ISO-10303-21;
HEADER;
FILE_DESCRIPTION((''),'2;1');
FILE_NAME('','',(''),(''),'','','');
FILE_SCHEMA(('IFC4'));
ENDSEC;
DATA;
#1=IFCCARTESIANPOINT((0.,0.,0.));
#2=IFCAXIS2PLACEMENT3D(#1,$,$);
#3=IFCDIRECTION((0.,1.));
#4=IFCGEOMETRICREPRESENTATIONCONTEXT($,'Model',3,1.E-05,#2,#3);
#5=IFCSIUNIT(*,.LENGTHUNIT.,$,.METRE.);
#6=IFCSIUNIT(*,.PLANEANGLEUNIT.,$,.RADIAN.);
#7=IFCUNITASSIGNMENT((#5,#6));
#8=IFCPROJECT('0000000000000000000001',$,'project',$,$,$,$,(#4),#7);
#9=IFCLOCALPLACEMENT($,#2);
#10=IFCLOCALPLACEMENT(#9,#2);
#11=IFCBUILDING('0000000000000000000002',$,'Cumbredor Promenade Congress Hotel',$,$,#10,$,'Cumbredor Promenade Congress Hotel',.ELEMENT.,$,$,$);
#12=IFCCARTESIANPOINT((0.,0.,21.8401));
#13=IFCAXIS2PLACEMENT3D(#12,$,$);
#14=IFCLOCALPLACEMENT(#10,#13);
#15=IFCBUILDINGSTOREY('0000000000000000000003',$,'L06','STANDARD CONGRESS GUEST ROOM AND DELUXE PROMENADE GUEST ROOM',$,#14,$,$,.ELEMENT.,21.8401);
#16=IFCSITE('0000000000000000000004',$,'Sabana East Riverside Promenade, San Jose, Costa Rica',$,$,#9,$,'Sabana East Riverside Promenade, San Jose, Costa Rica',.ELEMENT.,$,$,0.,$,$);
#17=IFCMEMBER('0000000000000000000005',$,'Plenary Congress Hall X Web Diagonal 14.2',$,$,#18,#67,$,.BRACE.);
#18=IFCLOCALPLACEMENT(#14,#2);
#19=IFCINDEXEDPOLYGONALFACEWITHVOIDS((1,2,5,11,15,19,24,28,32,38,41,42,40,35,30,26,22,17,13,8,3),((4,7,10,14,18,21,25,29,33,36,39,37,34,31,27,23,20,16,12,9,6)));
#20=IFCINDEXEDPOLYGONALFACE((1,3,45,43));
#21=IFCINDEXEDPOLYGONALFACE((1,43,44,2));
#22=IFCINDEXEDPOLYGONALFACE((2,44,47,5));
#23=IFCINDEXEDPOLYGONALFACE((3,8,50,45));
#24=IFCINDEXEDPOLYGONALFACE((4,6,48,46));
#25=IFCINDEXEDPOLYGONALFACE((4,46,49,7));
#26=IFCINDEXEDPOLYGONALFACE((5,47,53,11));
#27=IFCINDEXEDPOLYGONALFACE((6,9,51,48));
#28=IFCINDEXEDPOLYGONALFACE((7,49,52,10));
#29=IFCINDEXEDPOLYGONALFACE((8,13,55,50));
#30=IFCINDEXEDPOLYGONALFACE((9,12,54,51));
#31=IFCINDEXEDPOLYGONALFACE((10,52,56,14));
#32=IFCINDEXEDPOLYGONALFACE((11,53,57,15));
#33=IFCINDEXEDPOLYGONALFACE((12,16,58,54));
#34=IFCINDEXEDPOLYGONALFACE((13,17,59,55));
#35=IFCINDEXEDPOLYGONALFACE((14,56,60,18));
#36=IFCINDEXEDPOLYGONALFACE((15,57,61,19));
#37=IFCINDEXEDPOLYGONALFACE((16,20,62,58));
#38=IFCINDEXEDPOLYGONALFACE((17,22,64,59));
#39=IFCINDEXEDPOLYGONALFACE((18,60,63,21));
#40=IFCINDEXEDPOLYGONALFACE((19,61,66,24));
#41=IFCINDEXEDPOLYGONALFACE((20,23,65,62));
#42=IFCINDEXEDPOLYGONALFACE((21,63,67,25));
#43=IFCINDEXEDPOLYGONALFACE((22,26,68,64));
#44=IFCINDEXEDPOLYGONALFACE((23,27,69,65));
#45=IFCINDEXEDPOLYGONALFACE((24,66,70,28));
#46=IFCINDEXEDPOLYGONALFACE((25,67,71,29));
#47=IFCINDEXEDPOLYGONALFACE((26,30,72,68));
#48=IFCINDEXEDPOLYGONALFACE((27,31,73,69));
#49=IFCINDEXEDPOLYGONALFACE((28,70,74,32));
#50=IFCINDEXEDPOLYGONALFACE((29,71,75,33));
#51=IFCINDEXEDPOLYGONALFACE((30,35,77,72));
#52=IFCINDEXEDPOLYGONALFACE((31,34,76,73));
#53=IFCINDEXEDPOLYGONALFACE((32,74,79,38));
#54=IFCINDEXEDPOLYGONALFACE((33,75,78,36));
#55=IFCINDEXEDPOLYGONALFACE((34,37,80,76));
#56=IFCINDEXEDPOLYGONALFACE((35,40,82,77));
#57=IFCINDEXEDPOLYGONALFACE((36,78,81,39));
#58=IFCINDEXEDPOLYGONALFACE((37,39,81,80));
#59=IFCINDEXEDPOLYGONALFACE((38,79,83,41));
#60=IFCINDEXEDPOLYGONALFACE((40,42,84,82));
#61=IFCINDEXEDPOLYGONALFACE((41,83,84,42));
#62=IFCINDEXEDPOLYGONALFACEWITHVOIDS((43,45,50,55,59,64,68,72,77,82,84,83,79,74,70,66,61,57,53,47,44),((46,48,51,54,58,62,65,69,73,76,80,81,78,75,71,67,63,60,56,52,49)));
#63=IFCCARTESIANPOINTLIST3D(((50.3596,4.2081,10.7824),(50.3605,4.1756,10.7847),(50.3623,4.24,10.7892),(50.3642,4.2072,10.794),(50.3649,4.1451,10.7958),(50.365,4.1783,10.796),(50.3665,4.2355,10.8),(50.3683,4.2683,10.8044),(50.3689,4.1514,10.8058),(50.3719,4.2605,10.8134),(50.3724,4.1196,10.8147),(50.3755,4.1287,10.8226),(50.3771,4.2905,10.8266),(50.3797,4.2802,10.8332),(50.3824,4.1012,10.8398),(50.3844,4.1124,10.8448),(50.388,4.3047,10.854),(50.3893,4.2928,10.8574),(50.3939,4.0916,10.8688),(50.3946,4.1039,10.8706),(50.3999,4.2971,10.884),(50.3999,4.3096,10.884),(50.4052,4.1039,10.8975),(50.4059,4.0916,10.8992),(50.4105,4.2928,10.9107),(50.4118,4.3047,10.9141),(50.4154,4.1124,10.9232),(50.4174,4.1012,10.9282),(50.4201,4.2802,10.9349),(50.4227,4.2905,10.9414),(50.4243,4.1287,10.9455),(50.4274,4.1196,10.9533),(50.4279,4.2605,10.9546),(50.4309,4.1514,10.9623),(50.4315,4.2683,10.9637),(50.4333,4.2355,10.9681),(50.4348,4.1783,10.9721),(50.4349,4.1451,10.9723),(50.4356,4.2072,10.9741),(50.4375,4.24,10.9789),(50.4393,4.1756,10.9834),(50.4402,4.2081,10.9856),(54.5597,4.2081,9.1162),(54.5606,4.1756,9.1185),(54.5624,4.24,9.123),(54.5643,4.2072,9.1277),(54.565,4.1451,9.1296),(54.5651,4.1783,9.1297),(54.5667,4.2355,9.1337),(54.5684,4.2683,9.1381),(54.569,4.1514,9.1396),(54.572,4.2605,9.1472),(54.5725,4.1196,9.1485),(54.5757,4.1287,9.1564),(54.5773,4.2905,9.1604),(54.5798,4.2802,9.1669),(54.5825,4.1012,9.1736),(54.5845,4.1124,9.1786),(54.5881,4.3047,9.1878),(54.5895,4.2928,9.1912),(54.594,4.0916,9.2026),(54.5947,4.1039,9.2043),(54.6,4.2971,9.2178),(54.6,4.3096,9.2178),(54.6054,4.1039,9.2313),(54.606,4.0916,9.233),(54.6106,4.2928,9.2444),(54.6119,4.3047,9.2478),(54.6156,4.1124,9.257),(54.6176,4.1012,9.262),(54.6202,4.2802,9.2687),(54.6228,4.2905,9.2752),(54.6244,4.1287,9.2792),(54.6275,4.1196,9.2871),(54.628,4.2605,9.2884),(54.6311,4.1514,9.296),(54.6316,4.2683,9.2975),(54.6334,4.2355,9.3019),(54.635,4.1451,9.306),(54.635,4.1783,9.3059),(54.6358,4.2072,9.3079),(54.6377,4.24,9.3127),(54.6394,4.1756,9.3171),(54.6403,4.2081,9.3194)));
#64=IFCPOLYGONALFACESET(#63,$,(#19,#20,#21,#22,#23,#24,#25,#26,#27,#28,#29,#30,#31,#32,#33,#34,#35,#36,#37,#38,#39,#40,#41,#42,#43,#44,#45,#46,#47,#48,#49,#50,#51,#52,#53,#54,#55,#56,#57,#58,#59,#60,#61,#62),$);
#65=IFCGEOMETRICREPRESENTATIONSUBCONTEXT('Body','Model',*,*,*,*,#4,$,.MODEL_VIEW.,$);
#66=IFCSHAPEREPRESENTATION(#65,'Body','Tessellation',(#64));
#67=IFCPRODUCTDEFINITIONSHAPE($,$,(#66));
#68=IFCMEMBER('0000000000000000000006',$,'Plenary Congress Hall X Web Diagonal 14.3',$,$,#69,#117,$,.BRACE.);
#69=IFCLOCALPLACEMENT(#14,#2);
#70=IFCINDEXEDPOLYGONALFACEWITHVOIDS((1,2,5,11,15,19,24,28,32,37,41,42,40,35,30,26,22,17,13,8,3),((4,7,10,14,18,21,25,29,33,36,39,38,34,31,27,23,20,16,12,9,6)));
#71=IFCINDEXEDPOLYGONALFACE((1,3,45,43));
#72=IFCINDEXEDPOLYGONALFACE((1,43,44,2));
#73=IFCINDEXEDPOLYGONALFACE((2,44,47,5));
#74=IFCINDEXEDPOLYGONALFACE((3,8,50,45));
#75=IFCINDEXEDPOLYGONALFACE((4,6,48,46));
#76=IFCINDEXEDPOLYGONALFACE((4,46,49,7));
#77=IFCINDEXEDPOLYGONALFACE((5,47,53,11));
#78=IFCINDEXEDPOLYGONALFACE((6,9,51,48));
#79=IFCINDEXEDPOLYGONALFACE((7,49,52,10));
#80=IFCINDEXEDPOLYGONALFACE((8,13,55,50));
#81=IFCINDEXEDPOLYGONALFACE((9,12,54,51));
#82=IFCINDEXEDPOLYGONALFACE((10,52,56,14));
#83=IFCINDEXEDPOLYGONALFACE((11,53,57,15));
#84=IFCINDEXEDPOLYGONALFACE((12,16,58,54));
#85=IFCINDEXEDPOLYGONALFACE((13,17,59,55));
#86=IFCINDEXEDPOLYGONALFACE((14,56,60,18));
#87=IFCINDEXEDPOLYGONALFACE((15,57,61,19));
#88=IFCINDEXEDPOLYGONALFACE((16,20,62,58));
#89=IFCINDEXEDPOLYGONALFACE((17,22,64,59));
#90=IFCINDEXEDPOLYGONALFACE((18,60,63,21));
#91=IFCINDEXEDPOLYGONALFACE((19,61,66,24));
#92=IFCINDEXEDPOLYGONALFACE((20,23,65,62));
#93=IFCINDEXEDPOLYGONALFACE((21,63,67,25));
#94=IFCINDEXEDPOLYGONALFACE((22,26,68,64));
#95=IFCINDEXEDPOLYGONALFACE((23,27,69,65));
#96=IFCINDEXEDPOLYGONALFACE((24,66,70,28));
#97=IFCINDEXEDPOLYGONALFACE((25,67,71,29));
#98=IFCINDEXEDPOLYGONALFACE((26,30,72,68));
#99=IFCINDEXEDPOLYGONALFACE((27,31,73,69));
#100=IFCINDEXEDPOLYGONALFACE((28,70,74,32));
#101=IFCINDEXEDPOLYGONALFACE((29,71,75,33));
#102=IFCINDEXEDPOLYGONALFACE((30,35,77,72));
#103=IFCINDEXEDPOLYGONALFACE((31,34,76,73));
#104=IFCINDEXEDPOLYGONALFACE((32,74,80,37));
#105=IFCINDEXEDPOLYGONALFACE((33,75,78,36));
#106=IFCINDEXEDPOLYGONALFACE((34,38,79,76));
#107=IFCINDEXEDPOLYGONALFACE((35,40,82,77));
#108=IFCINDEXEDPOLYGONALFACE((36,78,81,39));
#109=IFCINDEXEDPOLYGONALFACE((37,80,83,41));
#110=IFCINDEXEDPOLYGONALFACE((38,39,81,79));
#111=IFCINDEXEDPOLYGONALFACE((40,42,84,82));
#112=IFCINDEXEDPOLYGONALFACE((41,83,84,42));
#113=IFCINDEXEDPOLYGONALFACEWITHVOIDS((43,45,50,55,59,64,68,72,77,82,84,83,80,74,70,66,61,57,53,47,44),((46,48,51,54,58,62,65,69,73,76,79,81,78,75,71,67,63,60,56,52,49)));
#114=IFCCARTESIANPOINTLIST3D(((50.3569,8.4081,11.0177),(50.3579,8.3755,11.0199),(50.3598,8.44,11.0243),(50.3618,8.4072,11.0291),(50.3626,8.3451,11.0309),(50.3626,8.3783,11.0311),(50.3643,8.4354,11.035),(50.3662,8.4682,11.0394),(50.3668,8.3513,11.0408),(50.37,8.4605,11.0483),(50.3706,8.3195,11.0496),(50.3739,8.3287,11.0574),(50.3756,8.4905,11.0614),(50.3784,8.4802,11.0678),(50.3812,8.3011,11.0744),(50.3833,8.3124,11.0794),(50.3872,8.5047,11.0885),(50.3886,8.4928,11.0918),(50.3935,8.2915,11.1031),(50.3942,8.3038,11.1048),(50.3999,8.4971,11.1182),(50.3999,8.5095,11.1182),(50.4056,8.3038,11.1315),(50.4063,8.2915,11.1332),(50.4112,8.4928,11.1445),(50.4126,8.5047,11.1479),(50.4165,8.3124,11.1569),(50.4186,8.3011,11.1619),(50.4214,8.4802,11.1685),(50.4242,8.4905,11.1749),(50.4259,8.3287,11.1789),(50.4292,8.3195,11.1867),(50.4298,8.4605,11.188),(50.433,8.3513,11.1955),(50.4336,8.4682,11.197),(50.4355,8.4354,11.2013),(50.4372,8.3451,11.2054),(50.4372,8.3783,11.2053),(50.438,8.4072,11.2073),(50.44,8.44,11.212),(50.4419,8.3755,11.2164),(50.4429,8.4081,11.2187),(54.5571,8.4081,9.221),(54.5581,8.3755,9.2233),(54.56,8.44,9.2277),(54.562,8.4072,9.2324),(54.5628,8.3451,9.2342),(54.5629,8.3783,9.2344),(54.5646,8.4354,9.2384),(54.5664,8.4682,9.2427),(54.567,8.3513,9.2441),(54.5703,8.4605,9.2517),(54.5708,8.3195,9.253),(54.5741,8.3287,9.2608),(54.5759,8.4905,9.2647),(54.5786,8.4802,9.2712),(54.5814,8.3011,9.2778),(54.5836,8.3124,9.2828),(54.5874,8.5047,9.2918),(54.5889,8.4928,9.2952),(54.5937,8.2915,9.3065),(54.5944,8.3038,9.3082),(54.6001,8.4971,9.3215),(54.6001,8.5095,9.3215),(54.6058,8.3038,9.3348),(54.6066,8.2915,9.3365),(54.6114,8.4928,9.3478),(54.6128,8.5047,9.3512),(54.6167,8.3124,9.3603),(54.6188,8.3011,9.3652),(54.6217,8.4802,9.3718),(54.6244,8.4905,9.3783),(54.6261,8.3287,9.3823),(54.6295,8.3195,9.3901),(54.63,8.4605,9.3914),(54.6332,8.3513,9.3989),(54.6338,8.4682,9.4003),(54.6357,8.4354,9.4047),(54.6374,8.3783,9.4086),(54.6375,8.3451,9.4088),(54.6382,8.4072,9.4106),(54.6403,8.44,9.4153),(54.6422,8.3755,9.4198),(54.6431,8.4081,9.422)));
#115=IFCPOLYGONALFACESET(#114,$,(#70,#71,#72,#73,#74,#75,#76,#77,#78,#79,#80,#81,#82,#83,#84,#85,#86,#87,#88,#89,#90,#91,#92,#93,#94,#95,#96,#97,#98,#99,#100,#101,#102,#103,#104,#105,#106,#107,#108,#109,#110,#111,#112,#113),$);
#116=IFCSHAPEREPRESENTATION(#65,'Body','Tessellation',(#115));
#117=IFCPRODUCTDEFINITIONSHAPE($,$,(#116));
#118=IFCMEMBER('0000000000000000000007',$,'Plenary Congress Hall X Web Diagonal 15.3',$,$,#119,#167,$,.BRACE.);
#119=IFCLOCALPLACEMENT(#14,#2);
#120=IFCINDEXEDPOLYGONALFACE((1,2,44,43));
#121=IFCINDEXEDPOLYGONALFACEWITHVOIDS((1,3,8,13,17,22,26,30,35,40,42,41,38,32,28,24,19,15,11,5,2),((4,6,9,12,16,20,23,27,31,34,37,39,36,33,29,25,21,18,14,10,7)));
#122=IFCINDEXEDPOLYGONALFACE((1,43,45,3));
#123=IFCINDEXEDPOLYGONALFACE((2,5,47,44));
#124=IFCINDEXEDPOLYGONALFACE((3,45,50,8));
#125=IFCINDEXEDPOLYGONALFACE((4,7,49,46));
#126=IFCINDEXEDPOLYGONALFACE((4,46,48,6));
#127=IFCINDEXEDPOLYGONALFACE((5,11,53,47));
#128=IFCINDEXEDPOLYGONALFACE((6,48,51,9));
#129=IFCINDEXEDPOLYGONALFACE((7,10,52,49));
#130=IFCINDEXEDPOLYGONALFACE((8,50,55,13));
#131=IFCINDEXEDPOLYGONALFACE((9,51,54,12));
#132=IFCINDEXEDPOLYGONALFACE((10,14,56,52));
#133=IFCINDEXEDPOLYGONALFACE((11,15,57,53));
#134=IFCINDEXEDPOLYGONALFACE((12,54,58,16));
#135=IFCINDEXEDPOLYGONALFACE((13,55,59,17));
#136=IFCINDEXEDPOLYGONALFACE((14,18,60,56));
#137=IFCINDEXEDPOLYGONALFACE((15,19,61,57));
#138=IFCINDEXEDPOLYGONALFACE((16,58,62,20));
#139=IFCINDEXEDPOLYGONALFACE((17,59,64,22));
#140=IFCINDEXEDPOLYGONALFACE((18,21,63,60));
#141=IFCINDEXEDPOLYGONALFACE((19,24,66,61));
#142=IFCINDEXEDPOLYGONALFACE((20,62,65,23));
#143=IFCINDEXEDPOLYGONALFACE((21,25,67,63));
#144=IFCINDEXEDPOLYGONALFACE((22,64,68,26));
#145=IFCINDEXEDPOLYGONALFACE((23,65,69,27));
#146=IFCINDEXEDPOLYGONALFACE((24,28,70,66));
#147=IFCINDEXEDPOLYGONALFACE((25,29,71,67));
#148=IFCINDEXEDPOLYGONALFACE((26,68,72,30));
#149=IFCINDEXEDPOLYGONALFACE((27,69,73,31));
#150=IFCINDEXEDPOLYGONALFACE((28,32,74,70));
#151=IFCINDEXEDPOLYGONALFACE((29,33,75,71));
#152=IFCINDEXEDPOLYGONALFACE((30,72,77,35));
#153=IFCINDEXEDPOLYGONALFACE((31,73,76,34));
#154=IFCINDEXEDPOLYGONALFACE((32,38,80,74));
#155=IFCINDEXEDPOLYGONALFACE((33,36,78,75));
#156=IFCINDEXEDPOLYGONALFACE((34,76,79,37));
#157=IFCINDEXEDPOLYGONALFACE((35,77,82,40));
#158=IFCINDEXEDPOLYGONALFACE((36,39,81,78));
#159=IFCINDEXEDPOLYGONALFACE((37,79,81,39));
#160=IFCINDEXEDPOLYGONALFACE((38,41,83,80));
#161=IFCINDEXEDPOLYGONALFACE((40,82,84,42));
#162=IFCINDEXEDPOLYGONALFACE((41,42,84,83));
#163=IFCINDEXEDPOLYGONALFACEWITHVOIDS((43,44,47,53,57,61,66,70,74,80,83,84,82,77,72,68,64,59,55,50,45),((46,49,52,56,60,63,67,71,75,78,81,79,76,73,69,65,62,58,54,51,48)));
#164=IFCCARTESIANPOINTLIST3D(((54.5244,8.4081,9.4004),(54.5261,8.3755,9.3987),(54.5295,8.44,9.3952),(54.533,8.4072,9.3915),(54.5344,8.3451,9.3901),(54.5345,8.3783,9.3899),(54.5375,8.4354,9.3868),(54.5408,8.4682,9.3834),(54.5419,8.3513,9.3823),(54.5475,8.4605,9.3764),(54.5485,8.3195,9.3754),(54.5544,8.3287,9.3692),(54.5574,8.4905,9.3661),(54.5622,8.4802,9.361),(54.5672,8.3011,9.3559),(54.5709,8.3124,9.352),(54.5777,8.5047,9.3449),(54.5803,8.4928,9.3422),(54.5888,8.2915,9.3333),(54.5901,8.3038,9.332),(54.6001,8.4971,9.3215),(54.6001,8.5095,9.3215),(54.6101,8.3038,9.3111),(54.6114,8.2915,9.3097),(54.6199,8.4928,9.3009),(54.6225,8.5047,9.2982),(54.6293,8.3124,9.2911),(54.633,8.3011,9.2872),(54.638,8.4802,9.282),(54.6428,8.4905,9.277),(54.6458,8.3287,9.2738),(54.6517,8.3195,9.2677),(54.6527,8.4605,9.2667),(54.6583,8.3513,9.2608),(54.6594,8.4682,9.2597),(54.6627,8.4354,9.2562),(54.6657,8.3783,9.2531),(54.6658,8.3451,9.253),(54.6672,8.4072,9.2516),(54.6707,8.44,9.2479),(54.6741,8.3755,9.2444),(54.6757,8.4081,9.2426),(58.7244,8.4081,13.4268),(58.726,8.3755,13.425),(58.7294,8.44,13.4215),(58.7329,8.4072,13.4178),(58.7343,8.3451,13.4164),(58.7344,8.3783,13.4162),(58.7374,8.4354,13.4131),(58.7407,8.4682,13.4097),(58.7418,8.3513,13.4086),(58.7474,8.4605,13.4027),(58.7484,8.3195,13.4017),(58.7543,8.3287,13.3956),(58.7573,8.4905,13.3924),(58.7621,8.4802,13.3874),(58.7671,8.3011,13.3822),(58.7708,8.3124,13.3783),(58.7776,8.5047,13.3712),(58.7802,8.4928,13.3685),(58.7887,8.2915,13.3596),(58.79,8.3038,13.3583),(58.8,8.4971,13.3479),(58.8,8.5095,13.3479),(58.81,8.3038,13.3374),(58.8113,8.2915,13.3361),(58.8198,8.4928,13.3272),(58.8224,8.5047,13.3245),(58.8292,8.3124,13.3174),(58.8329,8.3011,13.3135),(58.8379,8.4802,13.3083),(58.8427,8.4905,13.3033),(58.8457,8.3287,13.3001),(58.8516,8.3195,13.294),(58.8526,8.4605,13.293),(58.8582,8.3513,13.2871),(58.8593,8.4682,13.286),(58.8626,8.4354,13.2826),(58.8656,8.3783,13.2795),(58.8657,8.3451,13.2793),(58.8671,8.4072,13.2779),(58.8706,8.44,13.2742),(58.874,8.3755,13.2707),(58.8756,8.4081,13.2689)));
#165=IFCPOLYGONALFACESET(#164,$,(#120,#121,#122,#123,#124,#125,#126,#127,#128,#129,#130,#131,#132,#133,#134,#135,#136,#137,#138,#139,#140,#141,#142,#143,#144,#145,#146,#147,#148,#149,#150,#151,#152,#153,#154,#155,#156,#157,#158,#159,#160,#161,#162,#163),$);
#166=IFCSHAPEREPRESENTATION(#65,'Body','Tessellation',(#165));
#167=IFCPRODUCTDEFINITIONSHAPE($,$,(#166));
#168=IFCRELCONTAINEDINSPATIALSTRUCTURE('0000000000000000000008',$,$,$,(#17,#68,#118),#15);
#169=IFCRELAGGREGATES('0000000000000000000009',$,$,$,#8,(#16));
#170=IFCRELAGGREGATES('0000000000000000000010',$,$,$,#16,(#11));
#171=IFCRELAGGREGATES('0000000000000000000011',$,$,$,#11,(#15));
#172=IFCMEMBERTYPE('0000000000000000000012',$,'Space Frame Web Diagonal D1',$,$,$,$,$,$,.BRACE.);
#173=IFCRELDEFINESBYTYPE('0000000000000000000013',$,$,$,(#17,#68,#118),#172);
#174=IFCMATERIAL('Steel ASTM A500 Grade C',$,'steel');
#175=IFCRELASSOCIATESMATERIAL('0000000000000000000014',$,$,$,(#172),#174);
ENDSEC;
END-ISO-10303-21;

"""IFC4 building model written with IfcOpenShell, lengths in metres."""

from ifc_helpers import new_model, si_unit, direction, frame, origin, origin_2d, place, context, subcontext, project, spatial, hollow_circle, extrude, material, material_profile, profile_set, type_object, element, save


model = new_model("IFC4")

# Units and contexts
model_context = context("Model", 3, precision=1e-05, world=origin(), true_north=direction((0.0, 1.0)))
body_context = subcontext(model_context, "Body", "Model", "MODEL_VIEW")
ifc_project = project(units=[si_unit("LENGTHUNIT", "METRE"), si_unit("PLANEANGLEUNIT", "RADIAN")], contexts=[model_context])

# Site, building, storey
site_placement = place(None, origin())
site = spatial("IfcSite", under=ifc_project, at=site_placement, Name="Sabana East Riverside Promenade, San Jose, Costa Rica", LongName="Sabana East Riverside Promenade, San Jose, Costa Rica", CompositionType="ELEMENT", RefElevation=0.0)
building_placement = place(site_placement, origin())
building = spatial("IfcBuilding", under=site, at=building_placement, Name="Cumbredor Promenade Congress Hotel", LongName="Cumbredor Promenade Congress Hotel", CompositionType="ELEMENT")
storey_placement = place(building_placement, frame((0.0, 0.0, 21.8401)))
storey = spatial("IfcBuildingStorey", under=building, at=storey_placement, Name="L06", Description="STANDARD CONGRESS GUEST ROOM AND DELUXE PROMENADE GUEST ROOM", CompositionType="ELEMENT", Elevation=21.8401)

# Members
ifc_material_1 = material(Name="Steel ASTM A500 Grade C", Category="steel")
ifc_material_profile_1 = material_profile(ifc_material_1, hollow_circle(Radius=0.1096, WallThickness=0.0125, at=origin_2d()), Name="CHS 219.1x12.5")
ifc_profile_set_1 = profile_set([ifc_material_profile_1], Name="Steel ASTM A500 Grade C")
member_type_1 = type_object("IfcMemberType", Name="Space Frame Web Diagonal D1", PredefinedType="BRACE", material=ifc_profile_set_1)
member_1_placement = place(storey_placement, frame((50.3999, 4.2, 10.884), z_axis=(0.929527, 0.0, -0.368753), x_axis=(0.0, 1.0, 0.0)))
element("IfcMember", 1, at=member_1_placement, inside=storey, type_object=member_type_1, Name="Plenary Congress Hall X Web Diagonal 14.2", PredefinedType="BRACE", context=body_context, shape_type="SweptSolid", body=[
    extrude(hollow_circle(Radius=0.1096, WallThickness=0.0125, at=origin_2d()), origin(), (0.0, 0.0, 1.0), 4.5186),
])
member_2_placement = place(storey_placement, frame((50.3999, 8.3999, 11.1182), z_axis=(0.919418, 0.0, -0.393281), x_axis=(0.0, 1.0, 0.0)))
element("IfcMember", 2, at=member_2_placement, inside=storey, type_object=member_type_1, Name="Plenary Congress Hall X Web Diagonal 14.3", PredefinedType="BRACE", context=body_context, shape_type="SweptSolid", body=[
    extrude(hollow_circle(Radius=0.1096, WallThickness=0.0125, at=origin_2d()), origin(), (0.0, 0.0, 1.0), 4.5684),
])
member_3_placement = place(storey_placement, frame((54.6001, 8.3999, 9.3215), z_axis=(0.721867, 0.0, 0.692032), x_axis=(0.0, 1.0, 0.0)))
element("IfcMember", 3, at=member_3_placement, inside=storey, type_object=member_type_1, Name="Plenary Congress Hall X Web Diagonal 15.3", PredefinedType="BRACE", context=body_context, shape_type="SweptSolid", body=[
    extrude(hollow_circle(Radius=0.1096, WallThickness=0.0125, at=origin_2d()), origin(), (0.0, 0.0, 1.0), 5.8181),
])

save(model, "model.ifc")
